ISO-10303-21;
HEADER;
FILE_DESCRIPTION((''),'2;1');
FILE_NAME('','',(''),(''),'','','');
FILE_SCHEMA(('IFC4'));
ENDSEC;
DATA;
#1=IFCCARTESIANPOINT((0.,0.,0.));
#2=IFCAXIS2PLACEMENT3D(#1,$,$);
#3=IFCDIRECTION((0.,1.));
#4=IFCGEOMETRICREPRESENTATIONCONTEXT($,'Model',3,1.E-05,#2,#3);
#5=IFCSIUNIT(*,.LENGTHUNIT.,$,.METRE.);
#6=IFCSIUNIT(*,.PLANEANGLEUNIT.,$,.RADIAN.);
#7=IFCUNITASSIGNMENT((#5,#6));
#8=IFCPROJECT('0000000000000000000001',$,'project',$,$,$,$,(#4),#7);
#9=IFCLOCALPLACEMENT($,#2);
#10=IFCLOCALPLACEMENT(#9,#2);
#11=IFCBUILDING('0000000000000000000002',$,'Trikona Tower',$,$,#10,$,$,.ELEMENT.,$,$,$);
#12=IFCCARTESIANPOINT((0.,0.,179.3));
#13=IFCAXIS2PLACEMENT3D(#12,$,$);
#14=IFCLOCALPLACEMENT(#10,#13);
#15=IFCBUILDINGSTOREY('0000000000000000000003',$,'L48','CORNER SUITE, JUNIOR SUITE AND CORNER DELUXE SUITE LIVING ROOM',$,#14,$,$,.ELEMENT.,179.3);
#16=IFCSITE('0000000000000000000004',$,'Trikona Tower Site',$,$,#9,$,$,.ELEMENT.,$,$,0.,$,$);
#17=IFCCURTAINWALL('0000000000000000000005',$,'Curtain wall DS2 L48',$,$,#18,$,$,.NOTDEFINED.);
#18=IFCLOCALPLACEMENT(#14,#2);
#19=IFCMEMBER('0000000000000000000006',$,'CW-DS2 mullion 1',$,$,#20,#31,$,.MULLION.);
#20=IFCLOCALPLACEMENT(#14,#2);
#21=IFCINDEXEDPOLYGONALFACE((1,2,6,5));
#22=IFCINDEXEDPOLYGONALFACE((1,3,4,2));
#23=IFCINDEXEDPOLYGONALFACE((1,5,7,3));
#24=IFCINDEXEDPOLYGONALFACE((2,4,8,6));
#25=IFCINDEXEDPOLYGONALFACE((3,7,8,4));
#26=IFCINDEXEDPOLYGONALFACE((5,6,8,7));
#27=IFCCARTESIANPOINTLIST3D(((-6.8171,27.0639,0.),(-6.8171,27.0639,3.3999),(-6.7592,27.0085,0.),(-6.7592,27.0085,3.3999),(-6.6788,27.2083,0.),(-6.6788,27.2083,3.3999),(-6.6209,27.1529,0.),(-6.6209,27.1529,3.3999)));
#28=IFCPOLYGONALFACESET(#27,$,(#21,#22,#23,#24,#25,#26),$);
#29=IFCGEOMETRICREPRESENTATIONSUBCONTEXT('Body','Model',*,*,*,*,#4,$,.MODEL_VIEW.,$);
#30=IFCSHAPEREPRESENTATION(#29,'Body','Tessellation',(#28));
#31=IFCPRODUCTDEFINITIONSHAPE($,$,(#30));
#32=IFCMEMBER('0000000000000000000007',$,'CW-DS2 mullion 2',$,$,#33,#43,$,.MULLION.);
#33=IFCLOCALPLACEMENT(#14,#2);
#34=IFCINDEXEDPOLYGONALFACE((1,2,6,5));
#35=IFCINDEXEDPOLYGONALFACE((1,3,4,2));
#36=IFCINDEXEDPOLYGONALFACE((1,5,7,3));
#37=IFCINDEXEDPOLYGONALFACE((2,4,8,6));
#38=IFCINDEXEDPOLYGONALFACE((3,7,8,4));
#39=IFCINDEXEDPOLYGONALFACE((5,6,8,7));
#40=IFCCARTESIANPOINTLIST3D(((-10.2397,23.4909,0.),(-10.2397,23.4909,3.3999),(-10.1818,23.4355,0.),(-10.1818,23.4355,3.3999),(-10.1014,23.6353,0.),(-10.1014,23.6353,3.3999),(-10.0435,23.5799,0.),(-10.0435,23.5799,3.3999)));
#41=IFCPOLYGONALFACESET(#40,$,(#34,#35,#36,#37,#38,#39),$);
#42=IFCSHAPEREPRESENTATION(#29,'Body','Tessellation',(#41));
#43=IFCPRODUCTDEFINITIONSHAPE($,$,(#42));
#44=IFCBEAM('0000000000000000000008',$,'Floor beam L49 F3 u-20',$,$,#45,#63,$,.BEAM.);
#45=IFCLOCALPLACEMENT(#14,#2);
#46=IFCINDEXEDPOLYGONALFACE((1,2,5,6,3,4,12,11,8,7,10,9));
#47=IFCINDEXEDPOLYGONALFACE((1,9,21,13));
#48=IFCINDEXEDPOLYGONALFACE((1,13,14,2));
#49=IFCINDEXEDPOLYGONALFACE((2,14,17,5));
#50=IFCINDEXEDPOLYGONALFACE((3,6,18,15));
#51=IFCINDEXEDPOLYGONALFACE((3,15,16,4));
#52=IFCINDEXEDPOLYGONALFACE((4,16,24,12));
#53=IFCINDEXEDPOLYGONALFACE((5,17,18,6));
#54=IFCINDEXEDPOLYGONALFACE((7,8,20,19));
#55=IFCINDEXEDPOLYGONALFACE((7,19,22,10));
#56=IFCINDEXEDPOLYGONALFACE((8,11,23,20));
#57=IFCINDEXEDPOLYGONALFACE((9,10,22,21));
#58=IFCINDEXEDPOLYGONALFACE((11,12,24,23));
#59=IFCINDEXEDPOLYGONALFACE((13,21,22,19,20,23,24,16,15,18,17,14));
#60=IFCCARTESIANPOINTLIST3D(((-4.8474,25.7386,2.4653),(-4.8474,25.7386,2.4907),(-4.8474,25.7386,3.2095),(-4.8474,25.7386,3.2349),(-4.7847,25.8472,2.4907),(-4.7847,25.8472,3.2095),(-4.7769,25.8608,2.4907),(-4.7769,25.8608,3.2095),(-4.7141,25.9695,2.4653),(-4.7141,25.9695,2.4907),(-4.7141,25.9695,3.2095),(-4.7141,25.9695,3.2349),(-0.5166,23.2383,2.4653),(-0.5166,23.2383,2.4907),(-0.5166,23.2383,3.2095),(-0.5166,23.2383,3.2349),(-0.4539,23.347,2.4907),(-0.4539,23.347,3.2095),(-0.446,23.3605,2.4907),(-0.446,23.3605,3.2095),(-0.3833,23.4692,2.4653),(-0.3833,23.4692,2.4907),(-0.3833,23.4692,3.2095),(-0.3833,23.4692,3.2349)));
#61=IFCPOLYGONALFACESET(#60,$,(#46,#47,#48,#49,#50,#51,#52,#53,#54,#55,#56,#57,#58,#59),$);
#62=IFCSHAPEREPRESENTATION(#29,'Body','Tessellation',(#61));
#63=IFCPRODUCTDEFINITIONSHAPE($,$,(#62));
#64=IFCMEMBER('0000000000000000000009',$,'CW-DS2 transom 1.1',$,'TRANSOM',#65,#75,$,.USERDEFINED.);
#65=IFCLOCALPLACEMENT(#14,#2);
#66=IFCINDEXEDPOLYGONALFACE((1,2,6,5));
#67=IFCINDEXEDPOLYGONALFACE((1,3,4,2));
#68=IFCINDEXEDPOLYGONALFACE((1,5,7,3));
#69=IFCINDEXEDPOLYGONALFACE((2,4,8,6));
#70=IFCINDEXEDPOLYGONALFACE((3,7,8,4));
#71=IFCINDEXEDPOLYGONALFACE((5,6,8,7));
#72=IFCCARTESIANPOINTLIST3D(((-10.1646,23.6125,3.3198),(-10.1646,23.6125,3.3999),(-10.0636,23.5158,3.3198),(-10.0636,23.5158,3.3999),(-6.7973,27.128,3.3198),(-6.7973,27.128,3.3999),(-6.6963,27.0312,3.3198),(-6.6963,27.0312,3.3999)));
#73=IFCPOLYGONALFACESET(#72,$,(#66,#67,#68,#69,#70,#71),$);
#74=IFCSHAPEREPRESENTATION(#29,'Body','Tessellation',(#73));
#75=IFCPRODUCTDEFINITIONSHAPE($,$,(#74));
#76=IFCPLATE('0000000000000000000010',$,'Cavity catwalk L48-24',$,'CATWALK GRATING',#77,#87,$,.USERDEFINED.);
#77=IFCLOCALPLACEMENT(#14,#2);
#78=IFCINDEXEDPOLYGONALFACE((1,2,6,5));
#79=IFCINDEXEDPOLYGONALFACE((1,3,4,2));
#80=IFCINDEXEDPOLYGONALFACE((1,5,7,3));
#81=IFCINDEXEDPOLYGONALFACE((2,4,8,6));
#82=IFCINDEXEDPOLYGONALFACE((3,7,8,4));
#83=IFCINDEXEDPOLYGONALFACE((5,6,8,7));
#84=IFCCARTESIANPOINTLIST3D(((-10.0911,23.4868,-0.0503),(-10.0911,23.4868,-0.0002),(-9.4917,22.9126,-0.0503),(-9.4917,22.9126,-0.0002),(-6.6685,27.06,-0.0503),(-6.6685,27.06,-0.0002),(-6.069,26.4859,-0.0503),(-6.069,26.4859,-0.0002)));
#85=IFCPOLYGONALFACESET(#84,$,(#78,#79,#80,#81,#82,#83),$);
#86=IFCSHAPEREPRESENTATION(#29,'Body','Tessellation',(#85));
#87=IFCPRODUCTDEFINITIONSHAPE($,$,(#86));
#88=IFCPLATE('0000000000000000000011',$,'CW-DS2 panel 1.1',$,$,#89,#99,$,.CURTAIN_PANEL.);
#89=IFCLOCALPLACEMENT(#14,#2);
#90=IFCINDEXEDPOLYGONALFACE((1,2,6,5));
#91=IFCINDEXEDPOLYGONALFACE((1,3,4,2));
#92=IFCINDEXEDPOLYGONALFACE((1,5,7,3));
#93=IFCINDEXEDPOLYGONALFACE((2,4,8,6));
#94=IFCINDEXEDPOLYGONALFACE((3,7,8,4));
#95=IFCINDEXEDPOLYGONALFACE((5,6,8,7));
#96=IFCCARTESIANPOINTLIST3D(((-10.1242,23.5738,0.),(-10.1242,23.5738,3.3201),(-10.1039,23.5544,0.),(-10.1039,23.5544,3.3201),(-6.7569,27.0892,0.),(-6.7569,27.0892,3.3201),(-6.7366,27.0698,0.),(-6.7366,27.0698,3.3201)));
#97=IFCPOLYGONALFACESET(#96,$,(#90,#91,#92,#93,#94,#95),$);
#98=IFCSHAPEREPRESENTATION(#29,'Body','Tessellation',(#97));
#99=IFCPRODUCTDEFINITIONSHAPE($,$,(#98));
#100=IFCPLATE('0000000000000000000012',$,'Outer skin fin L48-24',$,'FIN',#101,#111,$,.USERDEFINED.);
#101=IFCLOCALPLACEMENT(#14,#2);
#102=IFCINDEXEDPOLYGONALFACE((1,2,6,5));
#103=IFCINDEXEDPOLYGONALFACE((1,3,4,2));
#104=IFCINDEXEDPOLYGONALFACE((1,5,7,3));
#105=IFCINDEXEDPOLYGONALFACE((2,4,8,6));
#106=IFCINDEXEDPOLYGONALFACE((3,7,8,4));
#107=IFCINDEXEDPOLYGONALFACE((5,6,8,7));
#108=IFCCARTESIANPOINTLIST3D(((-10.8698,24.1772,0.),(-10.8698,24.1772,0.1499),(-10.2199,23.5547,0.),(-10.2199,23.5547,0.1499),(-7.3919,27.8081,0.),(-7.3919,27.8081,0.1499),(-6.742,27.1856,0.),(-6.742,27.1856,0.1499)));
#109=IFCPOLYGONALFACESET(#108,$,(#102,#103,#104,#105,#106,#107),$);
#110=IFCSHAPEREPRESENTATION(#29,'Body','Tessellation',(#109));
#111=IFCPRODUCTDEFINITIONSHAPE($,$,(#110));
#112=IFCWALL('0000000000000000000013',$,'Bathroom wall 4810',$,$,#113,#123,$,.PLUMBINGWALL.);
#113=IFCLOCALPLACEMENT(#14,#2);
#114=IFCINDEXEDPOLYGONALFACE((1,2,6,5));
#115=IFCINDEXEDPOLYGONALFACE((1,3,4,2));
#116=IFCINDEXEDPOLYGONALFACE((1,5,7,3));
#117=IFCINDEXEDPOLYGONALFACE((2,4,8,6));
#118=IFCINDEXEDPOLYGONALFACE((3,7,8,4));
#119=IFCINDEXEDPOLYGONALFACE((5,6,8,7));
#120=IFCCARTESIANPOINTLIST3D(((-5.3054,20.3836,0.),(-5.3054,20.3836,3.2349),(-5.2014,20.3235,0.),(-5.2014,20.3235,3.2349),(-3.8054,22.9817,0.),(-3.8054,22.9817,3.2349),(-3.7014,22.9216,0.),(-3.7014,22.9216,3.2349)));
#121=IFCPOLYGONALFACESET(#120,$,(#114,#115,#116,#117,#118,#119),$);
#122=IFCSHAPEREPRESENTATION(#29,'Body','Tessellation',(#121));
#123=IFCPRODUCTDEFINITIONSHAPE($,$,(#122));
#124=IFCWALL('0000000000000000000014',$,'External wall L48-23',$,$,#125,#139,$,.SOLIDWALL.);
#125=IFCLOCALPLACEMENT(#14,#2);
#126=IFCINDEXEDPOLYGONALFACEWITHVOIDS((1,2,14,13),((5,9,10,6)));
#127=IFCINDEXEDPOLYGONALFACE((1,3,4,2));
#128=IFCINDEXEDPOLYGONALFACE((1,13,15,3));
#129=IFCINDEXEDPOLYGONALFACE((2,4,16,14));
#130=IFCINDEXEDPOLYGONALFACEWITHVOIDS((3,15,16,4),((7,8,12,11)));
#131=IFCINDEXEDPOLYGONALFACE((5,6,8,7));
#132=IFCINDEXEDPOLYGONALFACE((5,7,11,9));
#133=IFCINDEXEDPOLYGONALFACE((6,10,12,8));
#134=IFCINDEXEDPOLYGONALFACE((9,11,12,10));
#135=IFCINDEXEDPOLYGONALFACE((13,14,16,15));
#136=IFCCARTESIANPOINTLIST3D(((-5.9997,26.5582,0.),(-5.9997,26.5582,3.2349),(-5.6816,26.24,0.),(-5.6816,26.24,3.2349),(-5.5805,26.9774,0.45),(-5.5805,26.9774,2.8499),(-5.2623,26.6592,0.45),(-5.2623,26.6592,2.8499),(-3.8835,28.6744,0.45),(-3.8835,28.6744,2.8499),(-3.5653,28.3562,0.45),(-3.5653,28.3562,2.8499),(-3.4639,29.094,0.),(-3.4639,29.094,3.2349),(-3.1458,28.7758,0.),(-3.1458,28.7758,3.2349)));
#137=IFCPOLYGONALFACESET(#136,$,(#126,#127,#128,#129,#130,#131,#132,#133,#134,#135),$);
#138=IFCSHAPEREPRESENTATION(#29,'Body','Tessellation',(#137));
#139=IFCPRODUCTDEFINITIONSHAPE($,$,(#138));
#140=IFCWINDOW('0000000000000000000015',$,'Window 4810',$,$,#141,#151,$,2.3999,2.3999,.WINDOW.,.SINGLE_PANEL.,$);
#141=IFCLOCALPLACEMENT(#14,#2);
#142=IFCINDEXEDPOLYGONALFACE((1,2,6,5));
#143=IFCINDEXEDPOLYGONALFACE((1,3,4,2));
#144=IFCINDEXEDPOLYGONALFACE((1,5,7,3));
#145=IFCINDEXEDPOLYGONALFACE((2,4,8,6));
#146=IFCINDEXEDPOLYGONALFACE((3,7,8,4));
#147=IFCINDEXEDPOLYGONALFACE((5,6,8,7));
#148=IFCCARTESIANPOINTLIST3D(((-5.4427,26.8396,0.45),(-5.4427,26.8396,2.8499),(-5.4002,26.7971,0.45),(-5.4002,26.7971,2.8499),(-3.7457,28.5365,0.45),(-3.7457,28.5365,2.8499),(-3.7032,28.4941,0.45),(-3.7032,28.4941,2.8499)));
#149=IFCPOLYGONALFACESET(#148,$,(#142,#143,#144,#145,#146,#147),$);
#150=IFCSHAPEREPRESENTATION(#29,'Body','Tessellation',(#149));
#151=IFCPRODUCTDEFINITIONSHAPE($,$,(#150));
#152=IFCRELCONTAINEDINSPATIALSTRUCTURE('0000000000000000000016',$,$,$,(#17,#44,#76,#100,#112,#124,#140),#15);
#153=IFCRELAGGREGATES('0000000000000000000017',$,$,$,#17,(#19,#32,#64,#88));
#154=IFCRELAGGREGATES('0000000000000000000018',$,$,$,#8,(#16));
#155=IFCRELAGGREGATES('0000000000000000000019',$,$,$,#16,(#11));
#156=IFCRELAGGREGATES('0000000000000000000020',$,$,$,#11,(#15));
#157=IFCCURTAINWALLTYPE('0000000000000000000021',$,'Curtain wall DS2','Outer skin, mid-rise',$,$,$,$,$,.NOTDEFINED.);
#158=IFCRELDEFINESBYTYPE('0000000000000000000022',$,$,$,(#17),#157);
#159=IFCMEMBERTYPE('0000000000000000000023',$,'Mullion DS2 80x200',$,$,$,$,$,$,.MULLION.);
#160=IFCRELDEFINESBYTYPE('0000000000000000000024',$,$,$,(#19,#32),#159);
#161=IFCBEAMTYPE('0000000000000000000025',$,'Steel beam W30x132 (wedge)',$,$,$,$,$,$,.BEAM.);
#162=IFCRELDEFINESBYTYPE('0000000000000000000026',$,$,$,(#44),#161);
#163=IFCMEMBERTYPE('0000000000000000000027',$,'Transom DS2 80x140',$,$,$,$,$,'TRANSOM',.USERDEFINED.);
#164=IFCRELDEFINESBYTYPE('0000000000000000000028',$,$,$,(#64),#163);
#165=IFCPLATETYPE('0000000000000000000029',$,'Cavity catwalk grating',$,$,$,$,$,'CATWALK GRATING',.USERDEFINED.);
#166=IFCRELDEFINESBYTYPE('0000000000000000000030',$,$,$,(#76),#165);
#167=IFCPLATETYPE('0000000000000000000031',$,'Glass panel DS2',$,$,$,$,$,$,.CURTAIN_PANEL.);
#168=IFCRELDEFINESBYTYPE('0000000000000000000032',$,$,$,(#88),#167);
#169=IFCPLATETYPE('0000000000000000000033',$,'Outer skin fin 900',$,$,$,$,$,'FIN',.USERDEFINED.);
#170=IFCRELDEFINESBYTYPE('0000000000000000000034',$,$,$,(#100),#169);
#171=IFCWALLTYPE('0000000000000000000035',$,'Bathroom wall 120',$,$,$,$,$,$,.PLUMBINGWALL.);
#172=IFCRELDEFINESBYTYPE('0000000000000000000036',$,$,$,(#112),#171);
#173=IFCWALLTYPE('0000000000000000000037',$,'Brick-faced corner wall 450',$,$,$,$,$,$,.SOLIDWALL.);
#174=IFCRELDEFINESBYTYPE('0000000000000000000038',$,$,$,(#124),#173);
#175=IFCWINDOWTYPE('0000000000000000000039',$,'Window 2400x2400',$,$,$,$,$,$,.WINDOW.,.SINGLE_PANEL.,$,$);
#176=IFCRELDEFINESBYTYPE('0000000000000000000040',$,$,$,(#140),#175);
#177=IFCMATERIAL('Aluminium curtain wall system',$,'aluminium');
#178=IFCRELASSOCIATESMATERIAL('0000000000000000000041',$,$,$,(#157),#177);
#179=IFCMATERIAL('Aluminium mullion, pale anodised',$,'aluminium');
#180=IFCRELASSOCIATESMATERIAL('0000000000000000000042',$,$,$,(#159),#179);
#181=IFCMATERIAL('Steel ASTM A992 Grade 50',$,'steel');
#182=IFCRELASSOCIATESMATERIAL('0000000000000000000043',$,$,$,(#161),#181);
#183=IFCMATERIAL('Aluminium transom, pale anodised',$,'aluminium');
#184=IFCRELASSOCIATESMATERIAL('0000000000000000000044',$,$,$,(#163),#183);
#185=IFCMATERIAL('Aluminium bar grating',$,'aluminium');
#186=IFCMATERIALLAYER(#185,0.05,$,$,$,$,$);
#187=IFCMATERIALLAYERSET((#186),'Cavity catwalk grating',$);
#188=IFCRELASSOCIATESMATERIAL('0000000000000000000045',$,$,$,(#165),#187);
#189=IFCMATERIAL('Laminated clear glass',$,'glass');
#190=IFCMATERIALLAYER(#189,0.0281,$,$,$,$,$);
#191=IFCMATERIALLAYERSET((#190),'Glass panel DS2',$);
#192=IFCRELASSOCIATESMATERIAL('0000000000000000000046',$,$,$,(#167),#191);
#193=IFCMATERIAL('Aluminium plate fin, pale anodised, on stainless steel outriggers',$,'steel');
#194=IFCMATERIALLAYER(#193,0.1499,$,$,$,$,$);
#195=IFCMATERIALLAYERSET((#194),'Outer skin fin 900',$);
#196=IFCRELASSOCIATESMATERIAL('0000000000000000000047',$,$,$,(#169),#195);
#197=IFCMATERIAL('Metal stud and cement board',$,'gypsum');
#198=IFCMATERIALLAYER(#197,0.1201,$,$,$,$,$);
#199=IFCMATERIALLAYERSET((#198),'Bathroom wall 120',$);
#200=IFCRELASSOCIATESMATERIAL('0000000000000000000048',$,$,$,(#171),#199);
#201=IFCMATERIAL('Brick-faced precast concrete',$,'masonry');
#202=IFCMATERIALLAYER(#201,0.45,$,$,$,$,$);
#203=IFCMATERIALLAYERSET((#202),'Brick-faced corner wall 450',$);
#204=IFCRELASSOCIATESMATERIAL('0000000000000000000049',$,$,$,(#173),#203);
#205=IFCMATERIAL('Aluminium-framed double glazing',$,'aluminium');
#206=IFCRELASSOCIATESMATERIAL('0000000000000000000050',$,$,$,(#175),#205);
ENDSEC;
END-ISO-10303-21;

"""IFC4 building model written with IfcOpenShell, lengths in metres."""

from ifc_helpers import new_model, si_unit, direction, frame, frame_2d, origin, origin_2d, place, context, subcontext, project, spatial, rectangle, i_section, extrude, material, layer, layer_set, material_profile, profile_set, type_object, element, fill, aggregate, save


model = new_model("IFC4")

# Units and contexts
model_context = context("Model", 3, precision=1e-05, world=origin(), true_north=direction((0.0, 1.0)))
body_context = subcontext(model_context, "Body", "Model", "MODEL_VIEW")
ifc_project = project(units=[si_unit("LENGTHUNIT", "METRE"), si_unit("PLANEANGLEUNIT", "RADIAN")], contexts=[model_context])

# Site, building, storey
site_placement = place(None, origin())
site = spatial("IfcSite", under=ifc_project, at=site_placement, Name="Trikona Tower Site", CompositionType="ELEMENT", RefElevation=0.0)
building_placement = place(site_placement, origin())
building = spatial("IfcBuilding", under=site, at=building_placement, Name="Trikona Tower", CompositionType="ELEMENT")
storey_placement = place(building_placement, frame((0.0, 0.0, 179.3)))
storey = spatial("IfcBuildingStorey", under=building, at=storey_placement, Name="L48", Description="CORNER SUITE, JUNIOR SUITE AND CORNER DELUXE SUITE LIVING ROOM", CompositionType="ELEMENT", Elevation=179.3)

# Curtain wall, members
ifc_material_1 = material(Name="Aluminium curtain wall system", Category="aluminium")
curtain_wall_type = type_object("IfcCurtainWallType", Name="Curtain wall DS2", Description="Outer skin, mid-rise", PredefinedType="NOTDEFINED", material=ifc_material_1)
curtain_wall_placement = place(storey_placement, origin())
curtain_wall = element("IfcCurtainWall", 1, at=curtain_wall_placement, inside=storey, type_object=curtain_wall_type, Name="Curtain wall DS2 L48", PredefinedType="NOTDEFINED")
ifc_material_2 = material(Name="Aluminium mullion, pale anodised", Category="aluminium")
ifc_material_profile_1 = material_profile(ifc_material_2, rectangle(XDim=0.0801, YDim=0.2, at=origin_2d()), Name="MUL-DS2")
ifc_profile_set_1 = profile_set([ifc_material_profile_1], Name="Aluminium mullion, pale anodised")
member_type_1 = type_object("IfcMemberType", Name="Mullion DS2 80x200", PredefinedType="MULLION", material=ifc_profile_set_1)
member_1_placement = place(storey_placement, frame((-6.719, 27.1084, 0.0), z_axis=(0.0, 0.0, 1.0), x_axis=(0.722158, -0.691728, 0.0)))
member_1 = element("IfcMember", 2, at=member_1_placement, type_object=member_type_1, Name="CW-DS2 mullion 1", PredefinedType="MULLION", context=body_context, shape_type="SweptSolid", body=[
    extrude(rectangle(XDim=0.0801, YDim=0.2, at=origin_2d()), origin(), (0.0, 0.0, 1.0), 3.3999),
])
member_2_placement = place(storey_placement, frame((-10.1416, 23.5354, 0.0), z_axis=(0.0, 0.0, 1.0), x_axis=(0.722158, -0.691728, 0.0)))
member_2 = element("IfcMember", 3, at=member_2_placement, type_object=member_type_1, Name="CW-DS2 mullion 2", PredefinedType="MULLION", context=body_context, shape_type="SweptSolid", body=[
    extrude(rectangle(XDim=0.0801, YDim=0.2, at=origin_2d()), origin(), (0.0, 0.0, 1.0), 3.3999),
])

# Beam
ifc_material_3 = material(Name="Steel ASTM A992 Grade 50", Category="steel")
ifc_material_profile_2 = material_profile(ifc_material_3, i_section(OverallWidth=0.2666, OverallDepth=0.7695, WebThickness=0.0156, FlangeThickness=0.0254, at=origin_2d()), Name="W30X132")
ifc_profile_set_2 = profile_set([ifc_material_profile_2], Name="Steel ASTM A992 Grade 50")
beam_type = type_object("IfcBeamType", Name="Steel beam W30x132 (wedge)", PredefinedType="BEAM", material=ifc_profile_set_2)
beam_placement = place(storey_placement, frame((-0.45, 23.3538, 2.8501), z_axis=(-0.866038, 0.499977, 0.0), x_axis=(-0.499977, -0.866038, 0.0)))
element("IfcBeam", 4, at=beam_placement, inside=storey, type_object=beam_type, Name="Floor beam L49 F3 u-20", PredefinedType="BEAM", context=body_context, shape_type="SweptSolid", body=[
    extrude(i_section(OverallWidth=0.2666, OverallDepth=0.7695, WebThickness=0.0156, FlangeThickness=0.0254, at=origin_2d()), origin(), (0.0, 0.0, 1.0), 5.0007),
])

# Member
ifc_material_4 = material(Name="Aluminium transom, pale anodised", Category="aluminium")
ifc_material_profile_3 = material_profile(ifc_material_4, rectangle(XDim=0.1399, YDim=0.0801, at=origin_2d()), Name="TRN-DS2")
ifc_profile_set_3 = profile_set([ifc_material_profile_3], Name="Aluminium transom, pale anodised")
member_type_2 = type_object("IfcMemberType", Name="Transom DS2 80x140", ElementType="TRANSOM", PredefinedType="USERDEFINED", material=ifc_profile_set_3)
member_3_placement = place(storey_placement, frame((-6.7468, 27.0796, 3.3599), z_axis=(-0.691721, -0.722165, 0.0), x_axis=(0.722165, -0.691721, 0.0)))
member_3 = element("IfcMember", 5, at=member_3_placement, type_object=member_type_2, Name="CW-DS2 transom 1.1", ObjectType="TRANSOM", PredefinedType="USERDEFINED", context=body_context, shape_type="SweptSolid", body=[
    extrude(rectangle(XDim=0.1399, YDim=0.0801, at=origin_2d()), origin(), (0.0, 0.0, 1.0), 4.8679),
])

# Plates
ifc_material_5 = material(Name="Aluminium bar grating", Category="aluminium")
ifc_layer_1 = layer(ifc_material_5, 0.05)
ifc_layer_set_1 = layer_set([ifc_layer_1], Name="Cavity catwalk grating")
plate_type_1 = type_object("IfcPlateType", Name="Cavity catwalk grating", ElementType="CATWALK GRATING", PredefinedType="USERDEFINED", material=ifc_layer_set_1)
plate_1_placement = place(storey_placement, frame((-8.0801, 24.9863, -0.0503), z_axis=(0.0, 0.0, 1.0), x_axis=(-0.691724, -0.722162, 0.0)))
element("IfcPlate", 6, at=plate_1_placement, inside=storey, type_object=plate_type_1, Name="Cavity catwalk L48-24", ObjectType="CATWALK GRATING", PredefinedType="USERDEFINED", context=body_context, shape_type="SweptSolid", body=[
    extrude(rectangle(XDim=4.948, YDim=0.8301, at=origin_2d()), origin(), (0.0, 0.0, 1.0), 0.05),
])
ifc_material_6 = material(Name="Laminated clear glass", Category="glass")
ifc_layer_2 = layer(ifc_material_6, 0.0281)
ifc_layer_set_2 = layer_set([ifc_layer_2], Name="Glass panel DS2")
plate_type_2 = type_object("IfcPlateType", Name="Glass panel DS2", PredefinedType="CURTAIN_PANEL", material=ifc_layer_set_2)
plate_2_placement = place(storey_placement, frame((-8.4304, 25.3218, 0.0), z_axis=(0.0, 0.0, 1.0), x_axis=(-0.691728, -0.722158, 0.0)))
plate_2 = element("IfcPlate", 7, at=plate_2_placement, type_object=plate_type_2, Name="CW-DS2 panel 1.1", PredefinedType="CURTAIN_PANEL", context=body_context, shape_type="SweptSolid", body=[
    extrude(rectangle(XDim=4.8679, YDim=0.0281, at=origin_2d()), origin(), (0.0, 0.0, 1.0), 3.3201),
])
aggregate(curtain_wall, [member_1, member_2, member_3, plate_2])
ifc_material_7 = material(Name="Aluminium plate fin, pale anodised, on stainless steel outriggers", Category="steel")
ifc_layer_3 = layer(ifc_material_7, 0.1499)
ifc_layer_set_3 = layer_set([ifc_layer_3], Name="Outer skin fin 900")
plate_type_3 = type_object("IfcPlateType", Name="Outer skin fin 900", ElementType="FIN", PredefinedType="USERDEFINED", material=ifc_layer_set_3)
plate_3_placement = place(storey_placement, frame((-8.8059, 25.6814, 0.0), z_axis=(0.0, 0.0, 1.0), x_axis=(-0.691724, -0.722162, 0.0)))
element("IfcPlate", 8, at=plate_3_placement, inside=storey, type_object=plate_type_3, Name="Outer skin fin L48-24", ObjectType="FIN", PredefinedType="USERDEFINED", context=body_context, shape_type="SweptSolid", body=[
    extrude(rectangle(XDim=5.0278, YDim=0.8999, at=origin_2d()), origin(), (0.0, 0.0, 1.0), 0.1499),
])

# Wall
ifc_material_8 = material(Name="Metal stud and cement board", Category="gypsum")
ifc_layer_4 = layer(ifc_material_8, 0.1201)
ifc_layer_set_4 = layer_set([ifc_layer_4], Name="Bathroom wall 120")
wall_type_1 = type_object("IfcWallType", Name="Bathroom wall 120", PredefinedType="PLUMBINGWALL", material=ifc_layer_set_4)
wall_1_placement = place(storey_placement, frame((-3.7534, 22.9517, 0.0), z_axis=(0.0, 0.0, 1.0), x_axis=(-0.49999, -0.866031, 0.0)))
element("IfcWall", 9, at=wall_1_placement, inside=storey, type_object=wall_type_1, Name="Bathroom wall 4810", PredefinedType="PLUMBINGWALL", context=body_context, shape_type="SweptSolid", body=[
    extrude(rectangle(XDim=3.0, YDim=0.1201, at=frame_2d((1.5, 0.0))), origin(), (0.0, 0.0, 1.0), 3.2349),
])

# Wall, opening, window
ifc_material_9 = material(Name="Brick-faced precast concrete", Category="masonry")
ifc_layer_5 = layer(ifc_material_9, 0.45)
ifc_layer_set_5 = layer_set([ifc_layer_5], Name="Brick-faced corner wall 450")
wall_type_2 = type_object("IfcWallType", Name="Brick-faced corner wall 450", PredefinedType="SOLIDWALL", material=ifc_layer_set_5)
wall_2_placement = place(storey_placement, frame((-3.3049, 28.9348, 0.0), z_axis=(0.0, 0.0, 1.0), x_axis=(-0.707107, -0.707107, 0.0)))
wall_2 = element("IfcWall", 10, at=wall_2_placement, inside=storey, type_object=wall_type_2, Name="External wall L48-23", PredefinedType="SOLIDWALL", context=body_context, shape_type="SweptSolid", body=[
    extrude(rectangle(XDim=3.5862, YDim=0.45, at=frame_2d((1.793, 0.0))), origin(), (0.0, 0.0, 1.0), 3.2349),
])
opening_1_placement = place(wall_2_placement, frame((0.5933, 0.0, 0.45)))
opening_1 = element("IfcOpeningElement", 11, at=opening_1_placement, cuts=wall_2, PredefinedType="OPENING", context=body_context, shape_type="SweptSolid", body=[
    extrude(rectangle(XDim=2.3999, YDim=2.3999, at=frame_2d((1.2, 1.2))), frame((0.0, 0.2349, 0.0), z_axis=(0.0, -1.0, 0.0), x_axis=(1.0, 0.0, 0.0)), (0.0, 0.0, 1.0), 0.47),
])
ifc_material_10 = material(Name="Aluminium-framed double glazing", Category="aluminium")
window_type_1 = type_object("IfcWindowType", Name="Window 2400x2400", PartitioningType="SINGLE_PANEL", PredefinedType="WINDOW", material=ifc_material_10)
window_1_placement = place(opening_1_placement, origin())
window_1 = element("IfcWindow", 12, at=window_1_placement, inside=storey, type_object=window_type_1, Name="Window 4810", OverallHeight=2.3999, OverallWidth=2.3999, PartitioningType="SINGLE_PANEL", PredefinedType="WINDOW", context=body_context, shape_type="SweptSolid", body=[
    extrude(rectangle(XDim=2.3999, YDim=2.3999, at=frame_2d((1.2, 1.2))), frame((0.0, 0.03, 0.0), z_axis=(0.0, -1.0, 0.0), x_axis=(1.0, 0.0, 0.0)), (0.0, 0.0, 1.0), 0.0601),
])
fill(opening_1, window_1)

save(model, "model.ifc")
